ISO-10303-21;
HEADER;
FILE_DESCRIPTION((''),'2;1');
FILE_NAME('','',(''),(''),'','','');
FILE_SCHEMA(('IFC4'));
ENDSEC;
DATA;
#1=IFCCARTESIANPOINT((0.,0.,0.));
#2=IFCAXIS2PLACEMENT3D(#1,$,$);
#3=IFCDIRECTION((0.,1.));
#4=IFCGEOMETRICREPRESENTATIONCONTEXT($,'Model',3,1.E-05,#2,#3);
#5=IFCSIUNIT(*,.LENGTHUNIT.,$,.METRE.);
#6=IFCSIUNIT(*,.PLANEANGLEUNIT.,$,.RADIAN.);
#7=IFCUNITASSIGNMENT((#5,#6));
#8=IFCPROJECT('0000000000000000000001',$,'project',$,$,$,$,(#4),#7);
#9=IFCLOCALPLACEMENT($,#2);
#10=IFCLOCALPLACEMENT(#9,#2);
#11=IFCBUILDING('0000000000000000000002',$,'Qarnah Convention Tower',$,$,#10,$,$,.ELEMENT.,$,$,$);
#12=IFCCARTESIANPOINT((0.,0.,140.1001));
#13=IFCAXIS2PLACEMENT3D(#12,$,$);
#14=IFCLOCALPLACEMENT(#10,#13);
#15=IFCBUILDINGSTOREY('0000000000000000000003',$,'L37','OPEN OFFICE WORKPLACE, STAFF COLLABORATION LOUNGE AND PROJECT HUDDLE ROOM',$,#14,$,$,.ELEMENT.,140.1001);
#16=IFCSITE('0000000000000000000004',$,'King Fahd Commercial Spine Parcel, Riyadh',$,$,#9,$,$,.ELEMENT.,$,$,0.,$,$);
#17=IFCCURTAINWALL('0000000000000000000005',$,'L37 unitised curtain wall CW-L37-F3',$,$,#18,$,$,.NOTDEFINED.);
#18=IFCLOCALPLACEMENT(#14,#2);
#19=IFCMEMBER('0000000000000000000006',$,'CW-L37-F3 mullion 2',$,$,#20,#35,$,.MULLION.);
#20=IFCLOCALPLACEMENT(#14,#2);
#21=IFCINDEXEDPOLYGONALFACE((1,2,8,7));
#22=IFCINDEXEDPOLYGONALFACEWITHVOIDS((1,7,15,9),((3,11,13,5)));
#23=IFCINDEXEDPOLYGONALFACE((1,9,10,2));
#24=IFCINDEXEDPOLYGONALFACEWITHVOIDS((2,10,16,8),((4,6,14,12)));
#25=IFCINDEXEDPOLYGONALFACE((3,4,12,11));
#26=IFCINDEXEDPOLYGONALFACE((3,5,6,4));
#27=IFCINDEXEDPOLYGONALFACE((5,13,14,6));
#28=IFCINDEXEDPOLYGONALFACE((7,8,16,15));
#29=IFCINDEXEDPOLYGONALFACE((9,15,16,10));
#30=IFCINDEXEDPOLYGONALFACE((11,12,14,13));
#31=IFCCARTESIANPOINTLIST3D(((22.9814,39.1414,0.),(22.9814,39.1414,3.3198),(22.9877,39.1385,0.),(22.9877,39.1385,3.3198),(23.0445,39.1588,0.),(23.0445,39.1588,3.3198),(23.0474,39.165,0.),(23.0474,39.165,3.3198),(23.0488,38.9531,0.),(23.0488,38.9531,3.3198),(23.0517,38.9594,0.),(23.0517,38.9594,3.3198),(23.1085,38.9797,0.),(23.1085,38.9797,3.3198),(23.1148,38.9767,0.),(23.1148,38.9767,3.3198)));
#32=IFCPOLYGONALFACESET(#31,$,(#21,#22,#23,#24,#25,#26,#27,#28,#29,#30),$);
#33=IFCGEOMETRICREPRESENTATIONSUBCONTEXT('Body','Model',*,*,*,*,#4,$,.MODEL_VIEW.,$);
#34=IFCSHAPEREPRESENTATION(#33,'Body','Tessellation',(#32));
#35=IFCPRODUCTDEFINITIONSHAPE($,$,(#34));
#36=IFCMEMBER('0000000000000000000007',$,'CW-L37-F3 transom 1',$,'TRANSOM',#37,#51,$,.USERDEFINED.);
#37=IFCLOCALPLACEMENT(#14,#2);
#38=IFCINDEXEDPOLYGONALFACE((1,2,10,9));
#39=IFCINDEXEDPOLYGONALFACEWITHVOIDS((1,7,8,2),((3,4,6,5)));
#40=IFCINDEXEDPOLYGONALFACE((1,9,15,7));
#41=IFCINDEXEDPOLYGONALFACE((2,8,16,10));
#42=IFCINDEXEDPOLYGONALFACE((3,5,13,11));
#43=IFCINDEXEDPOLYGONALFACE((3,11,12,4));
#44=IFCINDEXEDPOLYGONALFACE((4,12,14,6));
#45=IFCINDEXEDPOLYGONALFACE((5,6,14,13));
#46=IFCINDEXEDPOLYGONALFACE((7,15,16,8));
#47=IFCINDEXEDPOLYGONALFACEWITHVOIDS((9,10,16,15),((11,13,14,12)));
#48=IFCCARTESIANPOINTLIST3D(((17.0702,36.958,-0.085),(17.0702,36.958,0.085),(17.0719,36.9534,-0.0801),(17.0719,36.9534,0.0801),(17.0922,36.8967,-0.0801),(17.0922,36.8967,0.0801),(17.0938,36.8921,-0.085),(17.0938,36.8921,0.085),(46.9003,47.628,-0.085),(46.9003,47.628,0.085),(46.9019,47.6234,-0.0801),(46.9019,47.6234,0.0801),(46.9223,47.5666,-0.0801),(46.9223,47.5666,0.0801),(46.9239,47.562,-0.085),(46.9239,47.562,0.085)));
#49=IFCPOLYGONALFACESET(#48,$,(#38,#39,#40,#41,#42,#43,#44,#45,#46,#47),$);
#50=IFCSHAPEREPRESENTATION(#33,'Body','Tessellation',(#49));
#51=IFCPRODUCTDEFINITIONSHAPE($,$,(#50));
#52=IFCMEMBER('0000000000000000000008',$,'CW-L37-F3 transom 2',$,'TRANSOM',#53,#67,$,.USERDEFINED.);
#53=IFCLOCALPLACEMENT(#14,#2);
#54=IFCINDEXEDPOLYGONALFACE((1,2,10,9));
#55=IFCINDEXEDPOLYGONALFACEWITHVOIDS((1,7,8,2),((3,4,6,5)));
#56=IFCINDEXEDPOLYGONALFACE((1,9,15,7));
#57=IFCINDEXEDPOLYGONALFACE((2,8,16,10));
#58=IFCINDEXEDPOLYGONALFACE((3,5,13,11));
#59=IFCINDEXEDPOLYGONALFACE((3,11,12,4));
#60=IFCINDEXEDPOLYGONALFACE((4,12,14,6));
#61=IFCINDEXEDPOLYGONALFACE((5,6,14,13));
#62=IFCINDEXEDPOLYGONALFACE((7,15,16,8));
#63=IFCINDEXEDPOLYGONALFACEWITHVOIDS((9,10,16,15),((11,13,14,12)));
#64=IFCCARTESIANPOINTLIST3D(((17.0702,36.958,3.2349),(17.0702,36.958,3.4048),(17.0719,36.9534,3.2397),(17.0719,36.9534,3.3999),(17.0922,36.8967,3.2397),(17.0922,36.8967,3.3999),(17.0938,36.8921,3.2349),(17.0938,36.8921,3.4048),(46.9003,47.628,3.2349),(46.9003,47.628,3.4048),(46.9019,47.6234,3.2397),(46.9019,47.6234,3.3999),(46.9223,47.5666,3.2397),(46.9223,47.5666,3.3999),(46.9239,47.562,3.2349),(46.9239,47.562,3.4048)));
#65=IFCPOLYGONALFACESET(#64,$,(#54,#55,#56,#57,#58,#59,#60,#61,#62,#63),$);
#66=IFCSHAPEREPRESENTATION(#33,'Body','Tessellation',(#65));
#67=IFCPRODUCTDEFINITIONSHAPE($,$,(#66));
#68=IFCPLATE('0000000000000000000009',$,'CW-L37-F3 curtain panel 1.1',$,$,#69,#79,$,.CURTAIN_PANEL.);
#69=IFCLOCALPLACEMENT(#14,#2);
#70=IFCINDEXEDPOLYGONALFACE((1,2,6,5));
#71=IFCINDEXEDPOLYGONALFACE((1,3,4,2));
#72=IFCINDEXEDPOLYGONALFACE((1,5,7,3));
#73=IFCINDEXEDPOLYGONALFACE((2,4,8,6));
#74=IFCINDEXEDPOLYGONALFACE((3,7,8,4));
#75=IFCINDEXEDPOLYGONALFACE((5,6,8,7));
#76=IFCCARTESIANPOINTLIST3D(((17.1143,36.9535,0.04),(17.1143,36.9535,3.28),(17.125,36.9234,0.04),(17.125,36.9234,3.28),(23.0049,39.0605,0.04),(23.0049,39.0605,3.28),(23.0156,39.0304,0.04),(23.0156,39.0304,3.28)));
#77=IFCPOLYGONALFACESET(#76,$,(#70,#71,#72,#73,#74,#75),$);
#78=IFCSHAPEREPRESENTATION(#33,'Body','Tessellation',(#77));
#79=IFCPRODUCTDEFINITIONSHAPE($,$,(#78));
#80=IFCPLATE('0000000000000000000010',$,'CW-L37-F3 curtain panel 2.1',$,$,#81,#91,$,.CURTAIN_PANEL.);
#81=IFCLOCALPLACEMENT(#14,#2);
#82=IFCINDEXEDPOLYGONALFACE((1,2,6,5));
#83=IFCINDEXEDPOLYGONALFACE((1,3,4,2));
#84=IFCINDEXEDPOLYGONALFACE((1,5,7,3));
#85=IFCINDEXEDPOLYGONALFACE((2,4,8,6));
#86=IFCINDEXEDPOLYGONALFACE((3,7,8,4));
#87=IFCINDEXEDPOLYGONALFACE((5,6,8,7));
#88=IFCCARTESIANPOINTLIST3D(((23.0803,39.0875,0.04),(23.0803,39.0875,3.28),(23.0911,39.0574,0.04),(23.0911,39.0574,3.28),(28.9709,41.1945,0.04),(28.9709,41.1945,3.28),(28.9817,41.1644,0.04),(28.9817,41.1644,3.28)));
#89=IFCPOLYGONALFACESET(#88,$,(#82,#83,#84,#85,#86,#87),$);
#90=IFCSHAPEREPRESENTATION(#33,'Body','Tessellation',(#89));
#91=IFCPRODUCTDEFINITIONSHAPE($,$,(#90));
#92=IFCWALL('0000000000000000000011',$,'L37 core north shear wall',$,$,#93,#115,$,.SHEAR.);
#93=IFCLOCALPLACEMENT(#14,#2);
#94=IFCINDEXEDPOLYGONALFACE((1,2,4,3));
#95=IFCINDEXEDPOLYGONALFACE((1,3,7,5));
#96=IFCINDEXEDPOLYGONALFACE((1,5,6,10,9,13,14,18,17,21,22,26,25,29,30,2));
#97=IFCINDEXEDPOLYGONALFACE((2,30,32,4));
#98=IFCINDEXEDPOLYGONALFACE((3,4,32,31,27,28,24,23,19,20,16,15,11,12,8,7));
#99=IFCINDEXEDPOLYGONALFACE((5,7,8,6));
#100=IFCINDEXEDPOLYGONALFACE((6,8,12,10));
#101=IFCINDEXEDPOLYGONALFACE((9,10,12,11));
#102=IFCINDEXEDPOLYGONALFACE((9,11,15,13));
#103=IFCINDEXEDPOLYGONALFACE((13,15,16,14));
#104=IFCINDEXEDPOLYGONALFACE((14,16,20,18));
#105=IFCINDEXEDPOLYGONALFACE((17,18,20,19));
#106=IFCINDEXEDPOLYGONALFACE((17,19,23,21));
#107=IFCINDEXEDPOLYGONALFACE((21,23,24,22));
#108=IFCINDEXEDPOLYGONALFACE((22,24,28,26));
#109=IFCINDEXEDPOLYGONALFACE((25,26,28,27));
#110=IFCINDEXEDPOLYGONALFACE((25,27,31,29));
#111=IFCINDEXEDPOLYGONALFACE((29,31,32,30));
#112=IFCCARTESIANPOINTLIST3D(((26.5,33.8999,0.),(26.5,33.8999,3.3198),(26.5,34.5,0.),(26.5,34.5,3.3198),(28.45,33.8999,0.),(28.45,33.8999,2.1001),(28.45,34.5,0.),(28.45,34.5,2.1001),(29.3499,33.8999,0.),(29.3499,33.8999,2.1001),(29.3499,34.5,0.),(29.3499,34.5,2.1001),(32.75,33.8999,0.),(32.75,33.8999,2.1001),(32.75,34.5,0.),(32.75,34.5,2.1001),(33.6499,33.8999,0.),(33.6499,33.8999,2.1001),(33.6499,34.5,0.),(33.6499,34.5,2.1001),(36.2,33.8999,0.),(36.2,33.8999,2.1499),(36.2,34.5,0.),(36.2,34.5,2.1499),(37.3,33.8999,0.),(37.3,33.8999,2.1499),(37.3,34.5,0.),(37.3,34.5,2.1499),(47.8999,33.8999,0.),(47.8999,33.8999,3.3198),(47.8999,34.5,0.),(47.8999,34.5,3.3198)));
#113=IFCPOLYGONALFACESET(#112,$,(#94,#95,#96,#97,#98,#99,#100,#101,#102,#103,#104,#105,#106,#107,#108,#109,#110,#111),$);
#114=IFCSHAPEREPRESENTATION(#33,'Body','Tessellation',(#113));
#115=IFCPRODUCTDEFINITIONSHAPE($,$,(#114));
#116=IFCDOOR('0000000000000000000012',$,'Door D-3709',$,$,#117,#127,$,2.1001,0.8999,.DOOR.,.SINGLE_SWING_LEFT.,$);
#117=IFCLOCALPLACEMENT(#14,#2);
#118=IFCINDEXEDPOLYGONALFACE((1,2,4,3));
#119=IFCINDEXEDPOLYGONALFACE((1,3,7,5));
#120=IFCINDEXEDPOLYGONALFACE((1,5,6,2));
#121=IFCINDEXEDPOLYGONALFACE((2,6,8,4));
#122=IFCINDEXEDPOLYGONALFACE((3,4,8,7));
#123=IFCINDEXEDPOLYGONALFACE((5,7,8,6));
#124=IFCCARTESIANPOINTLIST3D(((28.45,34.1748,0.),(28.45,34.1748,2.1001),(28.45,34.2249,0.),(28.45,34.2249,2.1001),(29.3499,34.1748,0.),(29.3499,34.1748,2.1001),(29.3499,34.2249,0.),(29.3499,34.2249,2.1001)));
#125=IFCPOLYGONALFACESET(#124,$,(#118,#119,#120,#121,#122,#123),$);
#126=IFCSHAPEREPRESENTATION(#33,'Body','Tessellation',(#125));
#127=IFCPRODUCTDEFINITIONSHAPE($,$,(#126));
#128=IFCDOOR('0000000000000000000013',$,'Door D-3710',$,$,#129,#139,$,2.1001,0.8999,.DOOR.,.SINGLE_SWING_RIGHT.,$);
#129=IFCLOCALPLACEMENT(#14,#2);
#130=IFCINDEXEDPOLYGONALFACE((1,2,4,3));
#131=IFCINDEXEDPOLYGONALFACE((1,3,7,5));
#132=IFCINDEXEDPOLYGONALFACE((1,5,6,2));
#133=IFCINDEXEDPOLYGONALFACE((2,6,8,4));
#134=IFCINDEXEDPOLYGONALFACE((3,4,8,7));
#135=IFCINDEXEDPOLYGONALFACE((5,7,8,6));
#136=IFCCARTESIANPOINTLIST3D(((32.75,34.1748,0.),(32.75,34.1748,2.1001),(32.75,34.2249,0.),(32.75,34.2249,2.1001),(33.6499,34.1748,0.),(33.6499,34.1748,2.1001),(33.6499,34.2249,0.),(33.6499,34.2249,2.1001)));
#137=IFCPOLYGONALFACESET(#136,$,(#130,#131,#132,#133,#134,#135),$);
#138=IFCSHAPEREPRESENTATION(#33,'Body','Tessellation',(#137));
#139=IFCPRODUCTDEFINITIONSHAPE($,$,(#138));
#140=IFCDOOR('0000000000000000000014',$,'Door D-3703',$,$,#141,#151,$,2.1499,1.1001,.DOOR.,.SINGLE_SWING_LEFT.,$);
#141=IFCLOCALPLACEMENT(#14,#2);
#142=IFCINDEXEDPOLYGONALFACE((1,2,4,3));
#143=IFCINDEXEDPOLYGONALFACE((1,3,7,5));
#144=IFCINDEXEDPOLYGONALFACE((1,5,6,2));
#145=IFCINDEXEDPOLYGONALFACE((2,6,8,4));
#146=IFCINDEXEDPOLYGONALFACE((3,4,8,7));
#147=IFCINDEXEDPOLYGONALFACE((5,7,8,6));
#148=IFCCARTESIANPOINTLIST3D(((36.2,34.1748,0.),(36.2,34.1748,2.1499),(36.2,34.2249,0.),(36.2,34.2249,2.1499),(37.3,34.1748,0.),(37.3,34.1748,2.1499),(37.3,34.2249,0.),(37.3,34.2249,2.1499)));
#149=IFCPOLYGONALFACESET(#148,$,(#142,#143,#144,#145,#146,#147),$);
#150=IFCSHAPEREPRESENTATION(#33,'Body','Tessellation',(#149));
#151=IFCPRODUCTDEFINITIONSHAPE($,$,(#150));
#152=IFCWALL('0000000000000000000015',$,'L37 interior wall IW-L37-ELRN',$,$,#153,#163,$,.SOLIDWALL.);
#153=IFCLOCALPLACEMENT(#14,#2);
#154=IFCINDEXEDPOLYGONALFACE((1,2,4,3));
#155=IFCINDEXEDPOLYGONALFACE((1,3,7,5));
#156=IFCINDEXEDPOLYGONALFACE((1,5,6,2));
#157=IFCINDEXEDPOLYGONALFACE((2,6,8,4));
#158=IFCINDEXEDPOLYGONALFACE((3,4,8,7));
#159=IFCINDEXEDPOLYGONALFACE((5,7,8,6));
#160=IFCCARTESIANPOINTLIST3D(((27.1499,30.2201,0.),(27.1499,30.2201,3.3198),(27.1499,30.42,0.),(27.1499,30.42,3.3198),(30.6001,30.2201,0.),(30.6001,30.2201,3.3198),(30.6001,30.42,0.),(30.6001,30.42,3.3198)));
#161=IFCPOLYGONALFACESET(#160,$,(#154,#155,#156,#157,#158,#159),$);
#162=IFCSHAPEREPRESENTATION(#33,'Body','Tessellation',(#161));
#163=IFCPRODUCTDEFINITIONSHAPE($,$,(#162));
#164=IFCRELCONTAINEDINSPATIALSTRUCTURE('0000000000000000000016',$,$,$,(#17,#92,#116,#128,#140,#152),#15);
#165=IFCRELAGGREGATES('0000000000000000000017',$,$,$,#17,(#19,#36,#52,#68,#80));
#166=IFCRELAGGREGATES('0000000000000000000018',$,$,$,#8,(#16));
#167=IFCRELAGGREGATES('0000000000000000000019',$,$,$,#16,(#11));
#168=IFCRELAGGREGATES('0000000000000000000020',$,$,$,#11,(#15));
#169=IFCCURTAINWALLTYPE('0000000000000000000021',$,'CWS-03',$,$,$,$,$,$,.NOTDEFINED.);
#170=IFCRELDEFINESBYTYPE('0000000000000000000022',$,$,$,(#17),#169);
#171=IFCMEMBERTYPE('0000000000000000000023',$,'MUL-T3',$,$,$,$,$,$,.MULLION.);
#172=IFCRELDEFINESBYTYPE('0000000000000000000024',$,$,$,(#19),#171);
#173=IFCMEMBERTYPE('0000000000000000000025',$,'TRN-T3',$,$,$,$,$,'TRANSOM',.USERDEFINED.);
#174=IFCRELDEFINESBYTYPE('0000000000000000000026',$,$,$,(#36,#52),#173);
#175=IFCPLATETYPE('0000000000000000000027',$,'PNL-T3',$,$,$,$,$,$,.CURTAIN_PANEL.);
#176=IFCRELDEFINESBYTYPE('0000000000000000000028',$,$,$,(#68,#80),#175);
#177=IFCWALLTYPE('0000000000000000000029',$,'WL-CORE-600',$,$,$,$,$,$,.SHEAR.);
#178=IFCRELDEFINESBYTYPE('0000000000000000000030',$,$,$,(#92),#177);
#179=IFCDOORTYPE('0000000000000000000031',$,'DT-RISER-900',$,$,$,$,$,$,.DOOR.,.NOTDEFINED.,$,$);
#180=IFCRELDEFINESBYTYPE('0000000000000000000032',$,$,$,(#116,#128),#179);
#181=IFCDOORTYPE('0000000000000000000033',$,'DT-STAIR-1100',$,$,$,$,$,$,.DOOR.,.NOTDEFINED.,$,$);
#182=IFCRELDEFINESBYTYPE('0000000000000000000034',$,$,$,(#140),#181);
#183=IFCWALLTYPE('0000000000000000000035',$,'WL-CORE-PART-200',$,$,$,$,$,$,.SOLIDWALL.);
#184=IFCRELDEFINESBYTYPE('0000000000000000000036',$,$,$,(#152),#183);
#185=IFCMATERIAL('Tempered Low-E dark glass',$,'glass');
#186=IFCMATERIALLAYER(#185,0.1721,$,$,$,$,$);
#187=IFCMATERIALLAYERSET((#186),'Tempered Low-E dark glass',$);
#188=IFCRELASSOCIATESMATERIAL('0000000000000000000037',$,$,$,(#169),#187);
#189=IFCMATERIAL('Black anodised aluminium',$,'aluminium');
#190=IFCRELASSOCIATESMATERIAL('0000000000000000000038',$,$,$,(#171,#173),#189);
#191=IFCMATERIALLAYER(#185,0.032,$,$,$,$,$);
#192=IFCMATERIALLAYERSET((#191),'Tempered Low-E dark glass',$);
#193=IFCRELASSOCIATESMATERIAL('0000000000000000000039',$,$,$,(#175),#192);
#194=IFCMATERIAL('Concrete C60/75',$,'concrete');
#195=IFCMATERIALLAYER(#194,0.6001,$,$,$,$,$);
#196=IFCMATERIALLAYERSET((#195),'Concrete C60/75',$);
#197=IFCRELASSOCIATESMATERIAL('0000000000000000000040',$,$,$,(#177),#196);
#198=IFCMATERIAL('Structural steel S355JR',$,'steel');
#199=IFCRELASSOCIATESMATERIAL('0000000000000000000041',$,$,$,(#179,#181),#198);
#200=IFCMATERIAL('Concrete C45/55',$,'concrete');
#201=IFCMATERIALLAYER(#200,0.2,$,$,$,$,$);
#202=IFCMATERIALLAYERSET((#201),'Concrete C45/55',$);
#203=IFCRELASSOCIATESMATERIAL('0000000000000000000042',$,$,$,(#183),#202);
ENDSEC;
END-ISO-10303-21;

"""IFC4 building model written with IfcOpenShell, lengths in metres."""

from ifc_helpers import new_model, si_unit, direction, frame, frame_2d, origin, origin_2d, place, context, subcontext, project, spatial, rectangle, hollow_rectangle, extrude, material, layer, layer_set, material_profile, profile_set, type_object, element, fill, aggregate, save


model = new_model("IFC4")

# Units and contexts
model_context = context("Model", 3, precision=1e-05, world=origin(), true_north=direction((0.0, 1.0)))
body_context = subcontext(model_context, "Body", "Model", "MODEL_VIEW")
ifc_project = project(units=[si_unit("LENGTHUNIT", "METRE"), si_unit("PLANEANGLEUNIT", "RADIAN")], contexts=[model_context])

# Site, building, storey
site_placement = place(None, origin())
site = spatial("IfcSite", under=ifc_project, at=site_placement, Name="King Fahd Commercial Spine Parcel, Riyadh", CompositionType="ELEMENT", RefElevation=0.0)
building_placement = place(site_placement, origin())
building = spatial("IfcBuilding", under=site, at=building_placement, Name="Qarnah Convention Tower", CompositionType="ELEMENT")
storey_placement = place(building_placement, frame((0.0, 0.0, 140.1001)))
storey = spatial("IfcBuildingStorey", under=building, at=storey_placement, Name="L37", Description="OPEN OFFICE WORKPLACE, STAFF COLLABORATION LOUNGE AND PROJECT HUDDLE ROOM", CompositionType="ELEMENT", Elevation=140.1001)

# Shared definitions
ifc_material_1 = material(Name="Concrete C60/75", Category="concrete")

# Shared definitions
ifc_material_2 = material(Name="Structural steel S355JR", Category="steel")

# Curtain wall, members, plates
ifc_material_3 = material(Name="Tempered Low-E dark glass", Category="glass")
ifc_layer_1 = layer(ifc_material_3, 0.1721)
ifc_layer_set_1 = layer_set([ifc_layer_1], Name="Tempered Low-E dark glass")
curtain_wall_type = type_object("IfcCurtainWallType", Name="CWS-03", PredefinedType="NOTDEFINED", material=ifc_layer_set_1)
curtain_wall_placement = place(storey_placement, origin())
curtain_wall = element("IfcCurtainWall", 1, at=curtain_wall_placement, inside=storey, type_object=curtain_wall_type, Name="L37 unitised curtain wall CW-L37-F3", PredefinedType="NOTDEFINED")
ifc_material_4 = material(Name="Black anodised aluminium", Category="aluminium")
ifc_material_profile_1 = material_profile(ifc_material_4, hollow_rectangle(XDim=0.0701, YDim=0.2, WallThickness=0.0049, at=origin_2d()), Name="MUL-70X200")
ifc_profile_set_1 = profile_set([ifc_material_profile_1], Name="Black anodised aluminium")
member_type_1 = type_object("IfcMemberType", Name="MUL-T3", PredefinedType="MULLION", material=ifc_profile_set_1)
member_1_placement = place(storey_placement, frame((23.0481, 39.0591, 0.0), z_axis=(0.0, 0.0, 1.0), x_axis=(0.941578, 0.336796, 0.0)))
member_1 = element("IfcMember", 2, at=member_1_placement, type_object=member_type_1, Name="CW-L37-F3 mullion 2", PredefinedType="MULLION", context=body_context, shape_type="SweptSolid", body=[
    extrude(hollow_rectangle(XDim=0.0701, YDim=0.2, WallThickness=0.0049, at=origin_2d()), origin(), (0.0, 0.0, 1.0), 3.3198),
])
ifc_material_profile_2 = material_profile(ifc_material_4, hollow_rectangle(XDim=0.0701, YDim=0.1699, WallThickness=0.0049, at=origin_2d()), Name="TRN-70X170")
ifc_profile_set_2 = profile_set([ifc_material_profile_2], Name="Black anodised aluminium")
member_type_2 = type_object("IfcMemberType", Name="TRN-T3", ElementType="TRANSOM", PredefinedType="USERDEFINED", material=ifc_profile_set_2)
member_2_placement = place(storey_placement, frame((17.082, 36.925, 0.0), z_axis=(0.941579, 0.336793, 0.0), x_axis=(-0.336793, 0.941579, 0.0)))
member_2 = element("IfcMember", 3, at=member_2_placement, type_object=member_type_2, Name="CW-L37-F3 transom 1", ObjectType="TRANSOM", PredefinedType="USERDEFINED", context=body_context, shape_type="SweptSolid", body=[
    extrude(hollow_rectangle(XDim=0.0701, YDim=0.1699, WallThickness=0.0049, at=origin_2d()), origin(), (0.0, 0.0, 1.0), 31.6809),
])
member_3_placement = place(storey_placement, frame((17.082, 36.925, 3.3198), z_axis=(0.941579, 0.336793, 0.0), x_axis=(-0.336793, 0.941579, 0.0)))
member_3 = element("IfcMember", 4, at=member_3_placement, type_object=member_type_2, Name="CW-L37-F3 transom 2", ObjectType="TRANSOM", PredefinedType="USERDEFINED", context=body_context, shape_type="SweptSolid", body=[
    extrude(hollow_rectangle(XDim=0.0701, YDim=0.1699, WallThickness=0.0049, at=origin_2d()), origin(), (0.0, 0.0, 1.0), 31.6809),
])
ifc_layer_2 = layer(ifc_material_3, 0.032)
ifc_layer_set_2 = layer_set([ifc_layer_2], Name="Tempered Low-E dark glass")
plate_type = type_object("IfcPlateType", Name="PNL-T3", PredefinedType="CURTAIN_PANEL", material=ifc_layer_set_2)
plate_1_placement = place(storey_placement, frame((20.0649, 37.9919, 0.04), z_axis=(0.0, 0.0, 1.0), x_axis=(0.941578, 0.336796, 0.0)))
plate_1 = element("IfcPlate", 5, at=plate_1_placement, type_object=plate_type, Name="CW-L37-F3 curtain panel 1.1", PredefinedType="CURTAIN_PANEL", context=body_context, shape_type="SweptSolid", body=[
    extrude(rectangle(XDim=6.2561, YDim=0.032, at=origin_2d()), origin(), (0.0, 0.0, 1.0), 3.24),
])
plate_2_placement = place(storey_placement, frame((26.031, 40.126, 0.04), z_axis=(0.0, 0.0, 1.0), x_axis=(0.941578, 0.336796, 0.0)))
plate_2 = element("IfcPlate", 6, at=plate_2_placement, type_object=plate_type, Name="CW-L37-F3 curtain panel 2.1", PredefinedType="CURTAIN_PANEL", context=body_context, shape_type="SweptSolid", body=[
    extrude(rectangle(XDim=6.2561, YDim=0.032, at=origin_2d()), origin(), (0.0, 0.0, 1.0), 3.24),
])
aggregate(curtain_wall, [member_1, member_2, member_3, plate_1, plate_2])

# Wall, openings, doors
ifc_layer_3 = layer(ifc_material_1, 0.6001)
ifc_layer_set_3 = layer_set([ifc_layer_3], Name="Concrete C60/75")
wall_type_1 = type_object("IfcWallType", Name="WL-CORE-600", PredefinedType="SHEAR", material=ifc_layer_set_3)
wall_1_placement = place(storey_placement, frame((26.5, 34.2, 0.0), z_axis=(0.0, 0.0, 1.0), x_axis=(1.0, 0.0, 0.0)))
wall_1 = element("IfcWall", 7, at=wall_1_placement, inside=storey, type_object=wall_type_1, Name="L37 core north shear wall", PredefinedType="SHEAR", context=body_context, shape_type="SweptSolid", body=[
    extrude(rectangle(XDim=21.3999, YDim=0.6001, at=frame_2d((10.7, 0.0))), origin(), (0.0, 0.0, 1.0), 3.3198),
])
opening_1_placement = place(wall_1_placement, frame((9.7, 0.0, 0.0)))
opening_1 = element("IfcOpeningElement", 8, at=opening_1_placement, cuts=wall_1, PredefinedType="OPENING", context=body_context, shape_type="SweptSolid", body=[
    extrude(rectangle(XDim=1.1001, YDim=2.1499, at=frame_2d((0.55, 1.075))), frame((0.0, 0.3101, 0.0), z_axis=(0.0, -1.0, 0.0), x_axis=(1.0, 0.0, 0.0)), (0.0, 0.0, 1.0), 0.6201),
])
opening_2_placement = place(wall_1_placement, frame((1.95, 0.0, 0.0)))
opening_2 = element("IfcOpeningElement", 9, at=opening_2_placement, cuts=wall_1, PredefinedType="OPENING", context=body_context, shape_type="SweptSolid", body=[
    extrude(rectangle(XDim=0.8999, YDim=2.1001, at=frame_2d((0.45, 1.05))), frame((0.0, 0.3101, 0.0), z_axis=(0.0, -1.0, 0.0), x_axis=(1.0, 0.0, 0.0)), (0.0, 0.0, 1.0), 0.6201),
])
opening_3_placement = place(wall_1_placement, frame((6.25, 0.0, 0.0)))
opening_3 = element("IfcOpeningElement", 10, at=opening_3_placement, cuts=wall_1, PredefinedType="OPENING", context=body_context, shape_type="SweptSolid", body=[
    extrude(rectangle(XDim=0.8999, YDim=2.1001, at=frame_2d((0.45, 1.05))), frame((0.0, 0.3101, 0.0), z_axis=(0.0, -1.0, 0.0), x_axis=(1.0, 0.0, 0.0)), (0.0, 0.0, 1.0), 0.6201),
])
door_type_1 = type_object("IfcDoorType", Name="DT-RISER-900", OperationType="NOTDEFINED", PredefinedType="DOOR", material=ifc_material_2)
door_1_placement = place(opening_2_placement, origin())
door_1 = element("IfcDoor", 11, at=door_1_placement, inside=storey, type_object=door_type_1, Name="Door D-3709", OperationType="SINGLE_SWING_LEFT", OverallHeight=2.1001, OverallWidth=0.8999, PredefinedType="DOOR", context=body_context, shape_type="SweptSolid", body=[
    extrude(rectangle(XDim=0.8999, YDim=2.1001, at=frame_2d((0.45, 1.05))), frame((0.0, 0.0249, 0.0), z_axis=(0.0, -1.0, 0.0), x_axis=(1.0, 0.0, 0.0)), (0.0, 0.0, 1.0), 0.05),
])
fill(opening_2, door_1)
door_2_placement = place(opening_3_placement, origin())
door_2 = element("IfcDoor", 12, at=door_2_placement, inside=storey, type_object=door_type_1, Name="Door D-3710", OperationType="SINGLE_SWING_RIGHT", OverallHeight=2.1001, OverallWidth=0.8999, PredefinedType="DOOR", context=body_context, shape_type="SweptSolid", body=[
    extrude(rectangle(XDim=0.8999, YDim=2.1001, at=frame_2d((0.45, 1.05))), frame((0.0, 0.0249, 0.0), z_axis=(0.0, -1.0, 0.0), x_axis=(1.0, 0.0, 0.0)), (0.0, 0.0, 1.0), 0.05),
])
fill(opening_3, door_2)
door_type_2 = type_object("IfcDoorType", Name="DT-STAIR-1100", OperationType="NOTDEFINED", PredefinedType="DOOR", material=ifc_material_2)
door_3_placement = place(opening_1_placement, origin())
door_3 = element("IfcDoor", 13, at=door_3_placement, inside=storey, type_object=door_type_2, Name="Door D-3703", OperationType="SINGLE_SWING_LEFT", OverallHeight=2.1499, OverallWidth=1.1001, PredefinedType="DOOR", context=body_context, shape_type="SweptSolid", body=[
    extrude(rectangle(XDim=1.1001, YDim=2.1499, at=frame_2d((0.55, 1.075))), frame((0.0, 0.0249, 0.0), z_axis=(0.0, -1.0, 0.0), x_axis=(1.0, 0.0, 0.0)), (0.0, 0.0, 1.0), 0.05),
])
fill(opening_1, door_3)

# Wall
ifc_material_5 = material(Name="Concrete C45/55", Category="concrete")
ifc_layer_4 = layer(ifc_material_5, 0.2)
ifc_layer_set_4 = layer_set([ifc_layer_4], Name="Concrete C45/55")
wall_type_2 = type_object("IfcWallType", Name="WL-CORE-PART-200", PredefinedType="SOLIDWALL", material=ifc_layer_set_4)
wall_2_placement = place(storey_placement, frame((27.1499, 30.3201, 0.0), z_axis=(0.0, 0.0, 1.0), x_axis=(1.0, 0.0, 0.0)))
element("IfcWall", 14, at=wall_2_placement, inside=storey, type_object=wall_type_2, Name="L37 interior wall IW-L37-ELRN", PredefinedType="SOLIDWALL", context=body_context, shape_type="SweptSolid", body=[
    extrude(rectangle(XDim=3.4502, YDim=0.2, at=frame_2d((1.7251, 0.0))), origin(), (0.0, 0.0, 1.0), 3.3198),
])

save(model, "model.ifc")
